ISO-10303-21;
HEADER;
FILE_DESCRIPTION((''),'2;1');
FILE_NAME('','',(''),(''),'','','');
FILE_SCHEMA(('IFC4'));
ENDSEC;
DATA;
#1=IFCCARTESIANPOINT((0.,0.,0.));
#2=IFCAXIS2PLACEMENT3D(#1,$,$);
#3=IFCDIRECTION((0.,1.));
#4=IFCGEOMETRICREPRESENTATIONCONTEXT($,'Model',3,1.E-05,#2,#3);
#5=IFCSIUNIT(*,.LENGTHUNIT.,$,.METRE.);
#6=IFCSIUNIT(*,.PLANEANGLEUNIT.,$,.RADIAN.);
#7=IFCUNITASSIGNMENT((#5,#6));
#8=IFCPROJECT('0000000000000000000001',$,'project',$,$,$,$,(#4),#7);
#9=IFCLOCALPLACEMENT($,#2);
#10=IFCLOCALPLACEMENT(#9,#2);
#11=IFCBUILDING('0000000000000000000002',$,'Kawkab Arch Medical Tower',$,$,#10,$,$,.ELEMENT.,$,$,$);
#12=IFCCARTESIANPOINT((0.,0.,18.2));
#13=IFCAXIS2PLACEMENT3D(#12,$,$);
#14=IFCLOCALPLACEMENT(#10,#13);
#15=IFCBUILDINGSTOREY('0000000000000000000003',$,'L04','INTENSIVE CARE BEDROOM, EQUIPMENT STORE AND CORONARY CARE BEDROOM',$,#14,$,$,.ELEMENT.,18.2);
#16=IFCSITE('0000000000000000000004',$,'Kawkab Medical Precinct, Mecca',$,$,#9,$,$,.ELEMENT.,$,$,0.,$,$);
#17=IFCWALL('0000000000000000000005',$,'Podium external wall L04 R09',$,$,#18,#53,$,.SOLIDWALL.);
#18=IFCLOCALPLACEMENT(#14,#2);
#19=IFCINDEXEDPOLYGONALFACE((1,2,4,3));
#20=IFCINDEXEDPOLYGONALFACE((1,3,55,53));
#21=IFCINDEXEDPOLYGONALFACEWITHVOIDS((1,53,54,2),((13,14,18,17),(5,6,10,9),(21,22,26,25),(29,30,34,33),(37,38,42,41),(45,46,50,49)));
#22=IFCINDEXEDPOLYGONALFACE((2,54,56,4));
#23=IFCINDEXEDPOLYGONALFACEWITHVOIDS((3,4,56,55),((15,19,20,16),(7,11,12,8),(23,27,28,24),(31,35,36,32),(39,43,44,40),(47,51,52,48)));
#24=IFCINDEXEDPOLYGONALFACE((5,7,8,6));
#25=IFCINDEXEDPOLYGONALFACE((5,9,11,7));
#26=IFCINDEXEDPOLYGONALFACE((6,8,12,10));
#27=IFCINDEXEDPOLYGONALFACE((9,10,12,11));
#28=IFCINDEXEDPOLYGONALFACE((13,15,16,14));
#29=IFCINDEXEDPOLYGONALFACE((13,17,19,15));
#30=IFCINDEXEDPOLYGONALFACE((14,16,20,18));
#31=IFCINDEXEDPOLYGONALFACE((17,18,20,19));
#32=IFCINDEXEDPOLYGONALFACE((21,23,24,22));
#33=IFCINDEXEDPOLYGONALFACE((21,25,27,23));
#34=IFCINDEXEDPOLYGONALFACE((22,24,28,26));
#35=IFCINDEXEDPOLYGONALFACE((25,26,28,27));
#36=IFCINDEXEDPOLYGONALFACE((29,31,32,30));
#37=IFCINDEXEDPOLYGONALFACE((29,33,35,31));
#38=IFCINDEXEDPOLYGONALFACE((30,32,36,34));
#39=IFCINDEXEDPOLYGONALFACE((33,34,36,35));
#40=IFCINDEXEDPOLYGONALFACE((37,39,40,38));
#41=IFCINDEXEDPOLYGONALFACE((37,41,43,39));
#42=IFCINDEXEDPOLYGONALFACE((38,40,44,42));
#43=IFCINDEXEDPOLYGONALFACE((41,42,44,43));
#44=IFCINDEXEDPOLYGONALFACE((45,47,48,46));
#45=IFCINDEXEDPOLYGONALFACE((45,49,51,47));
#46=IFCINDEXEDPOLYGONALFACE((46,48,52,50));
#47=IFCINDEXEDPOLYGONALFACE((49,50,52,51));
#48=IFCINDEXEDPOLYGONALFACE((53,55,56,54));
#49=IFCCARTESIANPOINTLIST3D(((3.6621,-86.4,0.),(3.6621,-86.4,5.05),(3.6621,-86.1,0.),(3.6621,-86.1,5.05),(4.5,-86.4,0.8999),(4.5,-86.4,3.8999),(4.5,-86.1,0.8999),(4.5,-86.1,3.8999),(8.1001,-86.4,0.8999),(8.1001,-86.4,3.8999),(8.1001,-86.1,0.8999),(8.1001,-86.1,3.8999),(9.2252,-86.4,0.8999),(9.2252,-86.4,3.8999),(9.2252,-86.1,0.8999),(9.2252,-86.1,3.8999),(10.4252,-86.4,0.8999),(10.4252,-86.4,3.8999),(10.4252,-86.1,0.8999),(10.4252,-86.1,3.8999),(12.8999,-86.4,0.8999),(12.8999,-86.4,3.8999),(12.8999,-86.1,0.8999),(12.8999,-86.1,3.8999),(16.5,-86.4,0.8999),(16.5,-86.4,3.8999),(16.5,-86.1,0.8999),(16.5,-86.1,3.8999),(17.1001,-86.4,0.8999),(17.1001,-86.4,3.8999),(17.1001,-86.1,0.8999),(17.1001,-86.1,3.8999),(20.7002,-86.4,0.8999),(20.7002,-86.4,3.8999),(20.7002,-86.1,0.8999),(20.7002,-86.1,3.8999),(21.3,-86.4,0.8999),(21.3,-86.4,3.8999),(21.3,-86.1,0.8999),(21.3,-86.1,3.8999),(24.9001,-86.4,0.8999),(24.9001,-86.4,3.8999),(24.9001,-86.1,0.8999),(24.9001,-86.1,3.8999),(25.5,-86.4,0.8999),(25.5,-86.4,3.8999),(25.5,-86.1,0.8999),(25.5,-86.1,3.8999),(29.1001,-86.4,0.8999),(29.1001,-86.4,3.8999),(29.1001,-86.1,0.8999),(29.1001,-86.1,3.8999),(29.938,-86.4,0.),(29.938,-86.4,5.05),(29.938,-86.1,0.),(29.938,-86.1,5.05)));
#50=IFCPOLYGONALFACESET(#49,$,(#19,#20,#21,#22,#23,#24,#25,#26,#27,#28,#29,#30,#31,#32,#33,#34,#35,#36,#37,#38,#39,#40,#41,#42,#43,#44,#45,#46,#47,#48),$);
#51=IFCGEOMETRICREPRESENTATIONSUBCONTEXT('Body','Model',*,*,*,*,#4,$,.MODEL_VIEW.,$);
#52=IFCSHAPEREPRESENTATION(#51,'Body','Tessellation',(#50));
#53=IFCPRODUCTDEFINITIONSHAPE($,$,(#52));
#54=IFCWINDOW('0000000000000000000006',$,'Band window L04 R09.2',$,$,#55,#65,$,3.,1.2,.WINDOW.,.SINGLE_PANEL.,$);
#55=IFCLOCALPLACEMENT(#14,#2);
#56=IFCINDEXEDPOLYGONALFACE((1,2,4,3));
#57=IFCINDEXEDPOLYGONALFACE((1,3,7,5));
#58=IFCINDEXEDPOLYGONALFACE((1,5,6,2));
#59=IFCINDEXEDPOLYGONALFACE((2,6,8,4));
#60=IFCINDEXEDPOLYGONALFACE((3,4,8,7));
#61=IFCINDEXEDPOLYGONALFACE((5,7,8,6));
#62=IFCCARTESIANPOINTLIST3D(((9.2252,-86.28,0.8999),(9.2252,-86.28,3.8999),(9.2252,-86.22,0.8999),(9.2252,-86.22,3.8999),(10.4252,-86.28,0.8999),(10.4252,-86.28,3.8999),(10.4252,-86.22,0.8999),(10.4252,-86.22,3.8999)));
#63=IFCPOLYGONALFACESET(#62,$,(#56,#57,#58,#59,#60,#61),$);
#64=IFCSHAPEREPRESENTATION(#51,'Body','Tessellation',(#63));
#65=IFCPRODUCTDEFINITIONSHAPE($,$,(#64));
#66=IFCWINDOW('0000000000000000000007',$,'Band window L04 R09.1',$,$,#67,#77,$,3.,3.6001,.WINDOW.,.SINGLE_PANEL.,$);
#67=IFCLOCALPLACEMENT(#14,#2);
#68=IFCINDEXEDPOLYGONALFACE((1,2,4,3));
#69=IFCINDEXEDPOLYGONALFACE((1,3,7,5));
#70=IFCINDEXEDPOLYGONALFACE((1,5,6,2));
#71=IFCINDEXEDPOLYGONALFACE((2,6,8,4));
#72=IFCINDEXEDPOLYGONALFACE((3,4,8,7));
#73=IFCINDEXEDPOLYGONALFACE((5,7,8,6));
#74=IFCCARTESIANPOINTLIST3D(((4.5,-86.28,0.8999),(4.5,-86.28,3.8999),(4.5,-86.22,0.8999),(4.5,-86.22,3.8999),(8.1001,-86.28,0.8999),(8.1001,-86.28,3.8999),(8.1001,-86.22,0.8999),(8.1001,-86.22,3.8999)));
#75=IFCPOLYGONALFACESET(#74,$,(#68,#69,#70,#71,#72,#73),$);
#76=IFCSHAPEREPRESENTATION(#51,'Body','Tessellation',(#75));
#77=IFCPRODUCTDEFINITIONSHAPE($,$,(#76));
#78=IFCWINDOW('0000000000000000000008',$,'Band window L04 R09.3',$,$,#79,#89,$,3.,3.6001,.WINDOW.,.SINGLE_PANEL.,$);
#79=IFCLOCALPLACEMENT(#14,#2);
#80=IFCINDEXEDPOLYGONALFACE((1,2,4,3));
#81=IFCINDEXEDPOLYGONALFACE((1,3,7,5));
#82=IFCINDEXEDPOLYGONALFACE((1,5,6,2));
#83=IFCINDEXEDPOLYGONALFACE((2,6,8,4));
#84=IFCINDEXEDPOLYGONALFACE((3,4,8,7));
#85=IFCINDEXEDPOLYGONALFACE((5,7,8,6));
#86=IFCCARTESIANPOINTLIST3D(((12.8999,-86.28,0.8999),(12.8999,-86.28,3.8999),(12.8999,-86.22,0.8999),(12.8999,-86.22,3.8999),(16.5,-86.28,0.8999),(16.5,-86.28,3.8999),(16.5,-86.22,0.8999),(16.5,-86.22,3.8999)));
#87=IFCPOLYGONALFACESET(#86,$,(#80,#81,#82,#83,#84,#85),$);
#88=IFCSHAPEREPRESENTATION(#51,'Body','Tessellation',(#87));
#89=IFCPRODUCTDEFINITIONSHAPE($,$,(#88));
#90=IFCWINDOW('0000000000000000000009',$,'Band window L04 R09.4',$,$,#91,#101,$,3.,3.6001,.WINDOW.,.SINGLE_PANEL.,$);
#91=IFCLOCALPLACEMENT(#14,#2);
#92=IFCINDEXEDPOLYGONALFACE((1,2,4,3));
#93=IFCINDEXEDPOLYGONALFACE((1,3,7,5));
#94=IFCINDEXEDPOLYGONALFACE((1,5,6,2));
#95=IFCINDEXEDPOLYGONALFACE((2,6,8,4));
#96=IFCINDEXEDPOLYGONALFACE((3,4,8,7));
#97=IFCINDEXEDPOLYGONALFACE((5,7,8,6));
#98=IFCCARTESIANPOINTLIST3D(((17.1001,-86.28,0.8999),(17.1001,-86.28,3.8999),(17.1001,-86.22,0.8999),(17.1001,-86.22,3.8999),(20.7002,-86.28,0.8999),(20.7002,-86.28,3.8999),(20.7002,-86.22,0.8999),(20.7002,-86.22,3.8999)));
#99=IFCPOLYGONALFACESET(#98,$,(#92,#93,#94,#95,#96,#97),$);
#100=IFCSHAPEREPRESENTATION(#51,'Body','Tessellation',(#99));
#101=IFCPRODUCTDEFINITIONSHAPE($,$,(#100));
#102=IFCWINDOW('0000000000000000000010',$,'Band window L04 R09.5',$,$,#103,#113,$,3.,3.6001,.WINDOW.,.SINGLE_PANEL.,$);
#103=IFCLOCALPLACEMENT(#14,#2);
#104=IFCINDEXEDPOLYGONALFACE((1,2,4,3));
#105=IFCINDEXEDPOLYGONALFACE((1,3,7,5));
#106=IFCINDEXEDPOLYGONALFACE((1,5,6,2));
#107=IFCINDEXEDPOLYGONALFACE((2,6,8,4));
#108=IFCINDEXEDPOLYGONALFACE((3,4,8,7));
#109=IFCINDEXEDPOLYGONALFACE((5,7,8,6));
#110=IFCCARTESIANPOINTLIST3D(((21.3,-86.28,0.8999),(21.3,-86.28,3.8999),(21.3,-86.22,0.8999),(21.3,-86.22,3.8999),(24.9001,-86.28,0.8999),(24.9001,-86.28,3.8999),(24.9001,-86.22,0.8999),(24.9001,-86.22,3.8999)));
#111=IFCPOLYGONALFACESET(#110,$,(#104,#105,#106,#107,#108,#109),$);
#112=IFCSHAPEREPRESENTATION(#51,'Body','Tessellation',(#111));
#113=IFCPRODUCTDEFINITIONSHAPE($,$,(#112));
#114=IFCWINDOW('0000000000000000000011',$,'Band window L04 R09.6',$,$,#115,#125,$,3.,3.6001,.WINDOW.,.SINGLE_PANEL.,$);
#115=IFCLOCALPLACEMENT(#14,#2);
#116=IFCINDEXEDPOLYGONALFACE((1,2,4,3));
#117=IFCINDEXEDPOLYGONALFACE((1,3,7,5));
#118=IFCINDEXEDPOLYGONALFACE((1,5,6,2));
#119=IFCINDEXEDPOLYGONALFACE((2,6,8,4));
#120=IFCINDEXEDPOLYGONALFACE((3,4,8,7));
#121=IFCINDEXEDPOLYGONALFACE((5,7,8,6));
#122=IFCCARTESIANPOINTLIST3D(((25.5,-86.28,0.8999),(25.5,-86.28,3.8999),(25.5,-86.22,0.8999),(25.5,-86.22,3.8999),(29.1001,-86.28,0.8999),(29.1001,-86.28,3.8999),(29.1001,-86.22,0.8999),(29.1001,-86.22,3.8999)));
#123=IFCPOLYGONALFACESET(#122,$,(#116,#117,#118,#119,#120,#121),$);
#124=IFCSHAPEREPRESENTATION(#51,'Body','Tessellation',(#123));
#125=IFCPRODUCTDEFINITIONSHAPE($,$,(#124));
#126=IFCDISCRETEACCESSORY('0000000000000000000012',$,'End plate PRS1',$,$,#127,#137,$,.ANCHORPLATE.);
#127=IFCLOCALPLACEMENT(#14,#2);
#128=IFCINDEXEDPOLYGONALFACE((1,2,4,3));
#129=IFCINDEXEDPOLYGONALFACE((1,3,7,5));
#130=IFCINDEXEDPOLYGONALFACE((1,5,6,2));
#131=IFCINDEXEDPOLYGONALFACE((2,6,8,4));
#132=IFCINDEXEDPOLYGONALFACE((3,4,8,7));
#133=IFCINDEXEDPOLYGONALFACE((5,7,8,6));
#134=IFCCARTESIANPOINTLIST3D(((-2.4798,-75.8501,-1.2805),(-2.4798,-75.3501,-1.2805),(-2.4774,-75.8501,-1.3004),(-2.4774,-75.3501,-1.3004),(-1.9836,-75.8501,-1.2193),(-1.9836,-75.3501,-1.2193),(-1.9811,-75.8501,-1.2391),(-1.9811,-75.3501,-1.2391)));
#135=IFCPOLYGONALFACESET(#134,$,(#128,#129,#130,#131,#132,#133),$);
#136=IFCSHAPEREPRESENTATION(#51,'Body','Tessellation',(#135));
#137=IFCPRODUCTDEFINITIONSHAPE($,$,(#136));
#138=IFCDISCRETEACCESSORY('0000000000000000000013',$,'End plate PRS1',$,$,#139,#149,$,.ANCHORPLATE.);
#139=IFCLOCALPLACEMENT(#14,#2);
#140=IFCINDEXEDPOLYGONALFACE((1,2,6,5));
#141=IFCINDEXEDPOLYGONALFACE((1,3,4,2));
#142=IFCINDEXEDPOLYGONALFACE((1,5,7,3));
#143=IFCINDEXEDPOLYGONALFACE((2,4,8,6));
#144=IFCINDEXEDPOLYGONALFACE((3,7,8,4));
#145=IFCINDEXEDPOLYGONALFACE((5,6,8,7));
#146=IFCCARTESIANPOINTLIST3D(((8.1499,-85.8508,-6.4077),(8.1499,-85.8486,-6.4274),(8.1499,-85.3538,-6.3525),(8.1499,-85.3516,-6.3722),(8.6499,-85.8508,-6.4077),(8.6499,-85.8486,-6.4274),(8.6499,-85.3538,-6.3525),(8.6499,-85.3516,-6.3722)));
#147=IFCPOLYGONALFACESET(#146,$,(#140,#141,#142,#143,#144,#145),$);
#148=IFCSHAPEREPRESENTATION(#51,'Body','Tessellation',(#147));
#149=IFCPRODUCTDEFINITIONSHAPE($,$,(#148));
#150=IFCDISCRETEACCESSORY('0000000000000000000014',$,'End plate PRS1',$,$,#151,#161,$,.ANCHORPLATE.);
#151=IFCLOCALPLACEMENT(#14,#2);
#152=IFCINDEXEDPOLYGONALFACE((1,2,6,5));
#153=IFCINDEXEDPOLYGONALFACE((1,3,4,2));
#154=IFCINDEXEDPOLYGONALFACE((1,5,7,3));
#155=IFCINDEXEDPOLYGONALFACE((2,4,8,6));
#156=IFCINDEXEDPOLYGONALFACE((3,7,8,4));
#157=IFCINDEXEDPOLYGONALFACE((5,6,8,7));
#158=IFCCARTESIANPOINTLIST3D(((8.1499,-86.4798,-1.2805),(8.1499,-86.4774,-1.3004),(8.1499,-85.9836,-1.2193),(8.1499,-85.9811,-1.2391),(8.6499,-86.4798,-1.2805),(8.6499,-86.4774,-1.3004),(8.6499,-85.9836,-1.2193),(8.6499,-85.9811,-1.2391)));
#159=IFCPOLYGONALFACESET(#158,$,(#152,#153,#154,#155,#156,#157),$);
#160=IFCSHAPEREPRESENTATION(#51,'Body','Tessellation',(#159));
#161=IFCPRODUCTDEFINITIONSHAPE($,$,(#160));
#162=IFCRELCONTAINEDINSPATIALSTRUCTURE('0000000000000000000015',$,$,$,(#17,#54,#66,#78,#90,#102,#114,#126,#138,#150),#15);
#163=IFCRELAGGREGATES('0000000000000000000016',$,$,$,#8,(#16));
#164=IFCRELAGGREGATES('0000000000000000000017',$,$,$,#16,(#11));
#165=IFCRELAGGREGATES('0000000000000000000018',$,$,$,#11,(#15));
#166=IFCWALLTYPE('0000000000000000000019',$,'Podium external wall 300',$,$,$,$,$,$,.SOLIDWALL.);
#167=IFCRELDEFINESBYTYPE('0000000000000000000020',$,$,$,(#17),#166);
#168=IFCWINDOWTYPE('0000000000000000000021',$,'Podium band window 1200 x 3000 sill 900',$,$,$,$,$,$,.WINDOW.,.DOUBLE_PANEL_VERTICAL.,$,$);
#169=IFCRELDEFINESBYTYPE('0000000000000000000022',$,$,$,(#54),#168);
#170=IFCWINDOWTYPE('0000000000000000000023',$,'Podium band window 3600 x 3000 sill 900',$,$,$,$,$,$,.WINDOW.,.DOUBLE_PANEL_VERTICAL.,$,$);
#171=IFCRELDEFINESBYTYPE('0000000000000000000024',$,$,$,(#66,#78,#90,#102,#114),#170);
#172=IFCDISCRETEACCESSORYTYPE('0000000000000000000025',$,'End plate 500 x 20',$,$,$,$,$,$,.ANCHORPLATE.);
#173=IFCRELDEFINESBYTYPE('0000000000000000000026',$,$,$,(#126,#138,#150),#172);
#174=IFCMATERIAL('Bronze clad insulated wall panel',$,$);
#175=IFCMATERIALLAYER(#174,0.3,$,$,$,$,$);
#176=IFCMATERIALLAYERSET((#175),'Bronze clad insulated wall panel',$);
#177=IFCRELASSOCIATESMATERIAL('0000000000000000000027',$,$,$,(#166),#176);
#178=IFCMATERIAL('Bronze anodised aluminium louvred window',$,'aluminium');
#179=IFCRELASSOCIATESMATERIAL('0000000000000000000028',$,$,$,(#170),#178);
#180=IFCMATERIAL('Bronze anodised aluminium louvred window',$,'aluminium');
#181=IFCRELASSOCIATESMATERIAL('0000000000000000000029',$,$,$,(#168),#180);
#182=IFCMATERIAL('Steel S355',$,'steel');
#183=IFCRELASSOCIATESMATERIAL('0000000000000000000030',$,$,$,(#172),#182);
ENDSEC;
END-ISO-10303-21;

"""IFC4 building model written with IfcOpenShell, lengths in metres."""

from ifc_helpers import new_model, si_unit, direction, frame, frame_2d, origin, origin_2d, place, context, subcontext, project, spatial, rectangle, extrude, material, layer, layer_set, material_profile, profile_set, type_object, element, fill, save


model = new_model("IFC4")

# Units and contexts
model_context = context("Model", 3, precision=1e-05, world=origin(), true_north=direction((0.0, 1.0)))
body_context = subcontext(model_context, "Body", "Model", "MODEL_VIEW")
ifc_project = project(units=[si_unit("LENGTHUNIT", "METRE"), si_unit("PLANEANGLEUNIT", "RADIAN")], contexts=[model_context])

# Site, building, storey
site_placement = place(None, origin())
site = spatial("IfcSite", under=ifc_project, at=site_placement, Name="Kawkab Medical Precinct, Mecca", CompositionType="ELEMENT", RefElevation=0.0)
building_placement = place(site_placement, origin())
building = spatial("IfcBuilding", under=site, at=building_placement, Name="Kawkab Arch Medical Tower", CompositionType="ELEMENT")
storey_placement = place(building_placement, frame((0.0, 0.0, 18.2)))
storey = spatial("IfcBuildingStorey", under=building, at=storey_placement, Name="L04", Description="INTENSIVE CARE BEDROOM, EQUIPMENT STORE AND CORONARY CARE BEDROOM", CompositionType="ELEMENT", Elevation=18.2)

# Wall, openings, windows
ifc_material_1 = material(Name="Bronze clad insulated wall panel")
ifc_layer_1 = layer(ifc_material_1, 0.3)
ifc_layer_set_1 = layer_set([ifc_layer_1], Name="Bronze clad insulated wall panel")
wall_type_1 = type_object("IfcWallType", Name="Podium external wall 300", PredefinedType="SOLIDWALL", material=ifc_layer_set_1)
ifc_material_2 = material(Name="Bronze anodised aluminium louvred window", Category="aluminium")
window_type_1 = type_object("IfcWindowType", Name="Podium band window 3600 x 3000 sill 900", PartitioningType="DOUBLE_PANEL_VERTICAL", PredefinedType="WINDOW", material=ifc_material_2)
wall_1_placement = place(storey_placement, frame((3.6621, -86.25, 0.0), z_axis=(0.0, 0.0, 1.0), x_axis=(1.0, 0.0, 0.0)))
wall_1 = element("IfcWall", 1, at=wall_1_placement, inside=storey, type_object=wall_type_1, Name="Podium external wall L04 R09", PredefinedType="SOLIDWALL", context=body_context, shape_type="SweptSolid", body=[
    extrude(rectangle(XDim=26.2759, YDim=0.3, at=frame_2d((13.1379, 0.0))), origin(), (0.0, 0.0, 1.0), 5.05),
])
opening_1_placement = place(wall_1_placement, frame((0.8379, 0.0, 0.8999)))
opening_1 = element("IfcOpeningElement", 2, at=opening_1_placement, cuts=wall_1, PredefinedType="OPENING", context=body_context, shape_type="SweptSolid", body=[
    extrude(rectangle(XDim=3.6001, YDim=3.0, at=frame_2d((1.8, 1.5))), frame((0.0, 0.1599, 0.0), z_axis=(0.0, -1.0, 0.0), x_axis=(1.0, 0.0, 0.0)), (0.0, 0.0, 1.0), 0.3201),
])
opening_2_placement = place(wall_1_placement, frame((5.563, 0.0, 0.8999)))
opening_2 = element("IfcOpeningElement", 3, at=opening_2_placement, cuts=wall_1, PredefinedType="OPENING", context=body_context, shape_type="SweptSolid", body=[
    extrude(rectangle(XDim=1.2, YDim=3.0, at=frame_2d((0.6001, 1.5))), frame((0.0, 0.1599, 0.0), z_axis=(0.0, -1.0, 0.0), x_axis=(1.0, 0.0, 0.0)), (0.0, 0.0, 1.0), 0.3201),
])
opening_3_placement = place(wall_1_placement, frame((9.2378, 0.0, 0.8999)))
opening_3 = element("IfcOpeningElement", 4, at=opening_3_placement, cuts=wall_1, PredefinedType="OPENING", context=body_context, shape_type="SweptSolid", body=[
    extrude(rectangle(XDim=3.6001, YDim=3.0, at=frame_2d((1.8, 1.5))), frame((0.0, 0.1599, 0.0), z_axis=(0.0, -1.0, 0.0), x_axis=(1.0, 0.0, 0.0)), (0.0, 0.0, 1.0), 0.3201),
])
opening_4_placement = place(wall_1_placement, frame((13.438, 0.0, 0.8999)))
opening_4 = element("IfcOpeningElement", 5, at=opening_4_placement, cuts=wall_1, PredefinedType="OPENING", context=body_context, shape_type="SweptSolid", body=[
    extrude(rectangle(XDim=3.6001, YDim=3.0, at=frame_2d((1.8, 1.5))), frame((0.0, 0.1599, 0.0), z_axis=(0.0, -1.0, 0.0), x_axis=(1.0, 0.0, 0.0)), (0.0, 0.0, 1.0), 0.3201),
])
opening_5_placement = place(wall_1_placement, frame((17.6379, 0.0, 0.8999)))
opening_5 = element("IfcOpeningElement", 6, at=opening_5_placement, cuts=wall_1, PredefinedType="OPENING", context=body_context, shape_type="SweptSolid", body=[
    extrude(rectangle(XDim=3.6001, YDim=3.0, at=frame_2d((1.8, 1.5))), frame((0.0, 0.1599, 0.0), z_axis=(0.0, -1.0, 0.0), x_axis=(1.0, 0.0, 0.0)), (0.0, 0.0, 1.0), 0.3201),
])
opening_6_placement = place(wall_1_placement, frame((21.8379, 0.0, 0.8999)))
opening_6 = element("IfcOpeningElement", 7, at=opening_6_placement, cuts=wall_1, PredefinedType="OPENING", context=body_context, shape_type="SweptSolid", body=[
    extrude(rectangle(XDim=3.6001, YDim=3.0, at=frame_2d((1.8, 1.5))), frame((0.0, 0.1599, 0.0), z_axis=(0.0, -1.0, 0.0), x_axis=(1.0, 0.0, 0.0)), (0.0, 0.0, 1.0), 0.3201),
])
ifc_material_3 = material(Name="Bronze anodised aluminium louvred window", Category="aluminium")
window_type_2 = type_object("IfcWindowType", Name="Podium band window 1200 x 3000 sill 900", PartitioningType="DOUBLE_PANEL_VERTICAL", PredefinedType="WINDOW", material=ifc_material_3)
window_1_placement = place(opening_2_placement, origin())
window_1 = element("IfcWindow", 8, at=window_1_placement, inside=storey, type_object=window_type_2, Name="Band window L04 R09.2", OverallHeight=3.0, OverallWidth=1.2, PartitioningType="SINGLE_PANEL", PredefinedType="WINDOW", context=body_context, shape_type="SweptSolid", body=[
    extrude(rectangle(XDim=1.2, YDim=3.0, at=frame_2d((0.6001, 1.5))), frame((0.0, 0.03, 0.0), z_axis=(0.0, -1.0, 0.0), x_axis=(1.0, 0.0, 0.0)), (0.0, 0.0, 1.0), 0.0601),
])
fill(opening_2, window_1)
window_2_placement = place(opening_1_placement, origin())
window_2 = element("IfcWindow", 9, at=window_2_placement, inside=storey, type_object=window_type_1, Name="Band window L04 R09.1", OverallHeight=3.0, OverallWidth=3.6001, PartitioningType="SINGLE_PANEL", PredefinedType="WINDOW", context=body_context, shape_type="SweptSolid", body=[
    extrude(rectangle(XDim=3.6001, YDim=3.0, at=frame_2d((1.8, 1.5))), frame((0.0, 0.03, 0.0), z_axis=(0.0, -1.0, 0.0), x_axis=(1.0, 0.0, 0.0)), (0.0, 0.0, 1.0), 0.0601),
])
fill(opening_1, window_2)
window_3_placement = place(opening_3_placement, origin())
window_3 = element("IfcWindow", 10, at=window_3_placement, inside=storey, type_object=window_type_1, Name="Band window L04 R09.3", OverallHeight=3.0, OverallWidth=3.6001, PartitioningType="SINGLE_PANEL", PredefinedType="WINDOW", context=body_context, shape_type="SweptSolid", body=[
    extrude(rectangle(XDim=3.6001, YDim=3.0, at=frame_2d((1.8, 1.5))), frame((0.0, 0.03, 0.0), z_axis=(0.0, -1.0, 0.0), x_axis=(1.0, 0.0, 0.0)), (0.0, 0.0, 1.0), 0.0601),
])
fill(opening_3, window_3)
window_4_placement = place(opening_4_placement, origin())
window_4 = element("IfcWindow", 11, at=window_4_placement, inside=storey, type_object=window_type_1, Name="Band window L04 R09.4", OverallHeight=3.0, OverallWidth=3.6001, PartitioningType="SINGLE_PANEL", PredefinedType="WINDOW", context=body_context, shape_type="SweptSolid", body=[
    extrude(rectangle(XDim=3.6001, YDim=3.0, at=frame_2d((1.8, 1.5))), frame((0.0, 0.03, 0.0), z_axis=(0.0, -1.0, 0.0), x_axis=(1.0, 0.0, 0.0)), (0.0, 0.0, 1.0), 0.0601),
])
fill(opening_4, window_4)
window_5_placement = place(opening_5_placement, origin())
window_5 = element("IfcWindow", 12, at=window_5_placement, inside=storey, type_object=window_type_1, Name="Band window L04 R09.5", OverallHeight=3.0, OverallWidth=3.6001, PartitioningType="SINGLE_PANEL", PredefinedType="WINDOW", context=body_context, shape_type="SweptSolid", body=[
    extrude(rectangle(XDim=3.6001, YDim=3.0, at=frame_2d((1.8, 1.5))), frame((0.0, 0.03, 0.0), z_axis=(0.0, -1.0, 0.0), x_axis=(1.0, 0.0, 0.0)), (0.0, 0.0, 1.0), 0.0601),
])
fill(opening_5, window_5)
window_6_placement = place(opening_6_placement, origin())
window_6 = element("IfcWindow", 13, at=window_6_placement, inside=storey, type_object=window_type_1, Name="Band window L04 R09.6", OverallHeight=3.0, OverallWidth=3.6001, PartitioningType="SINGLE_PANEL", PredefinedType="WINDOW", context=body_context, shape_type="SweptSolid", body=[
    extrude(rectangle(XDim=3.6001, YDim=3.0, at=frame_2d((1.8, 1.5))), frame((0.0, 0.03, 0.0), z_axis=(0.0, -1.0, 0.0), x_axis=(1.0, 0.0, 0.0)), (0.0, 0.0, 1.0), 0.0601),
])
fill(opening_6, window_6)

# Discrete accessories
ifc_material_4 = material(Name="Steel S355", Category="steel")
ifc_material_profile_1 = material_profile(ifc_material_4, rectangle(XDim=0.5, YDim=0.5, at=origin_2d()), Name="End plate 500 x 20")
ifc_profile_set_1 = profile_set([ifc_material_profile_1], Name="Steel S355")
discrete_accessory_type = type_object("IfcDiscreteAccessoryType", Name="End plate 500 x 20", PredefinedType="ANCHORPLATE", material=ifc_profile_set_1)
discrete_accessory_1_placement = place(storey_placement, frame((-2.2292, -75.6001, -1.2698), z_axis=(-0.122527, 0.0, 0.992465), x_axis=(0.0, -1.0, 0.0)))
element("IfcDiscreteAccessory", 14, at=discrete_accessory_1_placement, inside=storey, type_object=discrete_accessory_type, Name="End plate PRS1", PredefinedType="ANCHORPLATE", context=body_context, shape_type="SweptSolid", body=[
    extrude(rectangle(XDim=0.5, YDim=0.5, at=origin_2d()), origin(), (0.0, 0.0, 1.0), 0.02),
])
discrete_accessory_2_placement = place(storey_placement, frame((8.3999, -85.6023, -6.3801), z_axis=(0.0, 0.110432, -0.993884), x_axis=(-1.0, 0.0, 0.0)))
element("IfcDiscreteAccessory", 15, at=discrete_accessory_2_placement, inside=storey, type_object=discrete_accessory_type, Name="End plate PRS1", PredefinedType="ANCHORPLATE", context=body_context, shape_type="SweptSolid", body=[
    extrude(rectangle(XDim=0.5, YDim=0.5, at=origin_2d()), origin(), (0.0, 0.0, 1.0), 0.0198),
])
discrete_accessory_3_placement = place(storey_placement, frame((8.3999, -86.2292, -1.2698), z_axis=(0.0, -0.122527, 0.992465), x_axis=(1.0, 0.0, 0.0)))
element("IfcDiscreteAccessory", 16, at=discrete_accessory_3_placement, inside=storey, type_object=discrete_accessory_type, Name="End plate PRS1", PredefinedType="ANCHORPLATE", context=body_context, shape_type="SweptSolid", body=[
    extrude(rectangle(XDim=0.5, YDim=0.5, at=origin_2d()), origin(), (0.0, 0.0, 1.0), 0.02),
])

save(model, "model.ifc")
